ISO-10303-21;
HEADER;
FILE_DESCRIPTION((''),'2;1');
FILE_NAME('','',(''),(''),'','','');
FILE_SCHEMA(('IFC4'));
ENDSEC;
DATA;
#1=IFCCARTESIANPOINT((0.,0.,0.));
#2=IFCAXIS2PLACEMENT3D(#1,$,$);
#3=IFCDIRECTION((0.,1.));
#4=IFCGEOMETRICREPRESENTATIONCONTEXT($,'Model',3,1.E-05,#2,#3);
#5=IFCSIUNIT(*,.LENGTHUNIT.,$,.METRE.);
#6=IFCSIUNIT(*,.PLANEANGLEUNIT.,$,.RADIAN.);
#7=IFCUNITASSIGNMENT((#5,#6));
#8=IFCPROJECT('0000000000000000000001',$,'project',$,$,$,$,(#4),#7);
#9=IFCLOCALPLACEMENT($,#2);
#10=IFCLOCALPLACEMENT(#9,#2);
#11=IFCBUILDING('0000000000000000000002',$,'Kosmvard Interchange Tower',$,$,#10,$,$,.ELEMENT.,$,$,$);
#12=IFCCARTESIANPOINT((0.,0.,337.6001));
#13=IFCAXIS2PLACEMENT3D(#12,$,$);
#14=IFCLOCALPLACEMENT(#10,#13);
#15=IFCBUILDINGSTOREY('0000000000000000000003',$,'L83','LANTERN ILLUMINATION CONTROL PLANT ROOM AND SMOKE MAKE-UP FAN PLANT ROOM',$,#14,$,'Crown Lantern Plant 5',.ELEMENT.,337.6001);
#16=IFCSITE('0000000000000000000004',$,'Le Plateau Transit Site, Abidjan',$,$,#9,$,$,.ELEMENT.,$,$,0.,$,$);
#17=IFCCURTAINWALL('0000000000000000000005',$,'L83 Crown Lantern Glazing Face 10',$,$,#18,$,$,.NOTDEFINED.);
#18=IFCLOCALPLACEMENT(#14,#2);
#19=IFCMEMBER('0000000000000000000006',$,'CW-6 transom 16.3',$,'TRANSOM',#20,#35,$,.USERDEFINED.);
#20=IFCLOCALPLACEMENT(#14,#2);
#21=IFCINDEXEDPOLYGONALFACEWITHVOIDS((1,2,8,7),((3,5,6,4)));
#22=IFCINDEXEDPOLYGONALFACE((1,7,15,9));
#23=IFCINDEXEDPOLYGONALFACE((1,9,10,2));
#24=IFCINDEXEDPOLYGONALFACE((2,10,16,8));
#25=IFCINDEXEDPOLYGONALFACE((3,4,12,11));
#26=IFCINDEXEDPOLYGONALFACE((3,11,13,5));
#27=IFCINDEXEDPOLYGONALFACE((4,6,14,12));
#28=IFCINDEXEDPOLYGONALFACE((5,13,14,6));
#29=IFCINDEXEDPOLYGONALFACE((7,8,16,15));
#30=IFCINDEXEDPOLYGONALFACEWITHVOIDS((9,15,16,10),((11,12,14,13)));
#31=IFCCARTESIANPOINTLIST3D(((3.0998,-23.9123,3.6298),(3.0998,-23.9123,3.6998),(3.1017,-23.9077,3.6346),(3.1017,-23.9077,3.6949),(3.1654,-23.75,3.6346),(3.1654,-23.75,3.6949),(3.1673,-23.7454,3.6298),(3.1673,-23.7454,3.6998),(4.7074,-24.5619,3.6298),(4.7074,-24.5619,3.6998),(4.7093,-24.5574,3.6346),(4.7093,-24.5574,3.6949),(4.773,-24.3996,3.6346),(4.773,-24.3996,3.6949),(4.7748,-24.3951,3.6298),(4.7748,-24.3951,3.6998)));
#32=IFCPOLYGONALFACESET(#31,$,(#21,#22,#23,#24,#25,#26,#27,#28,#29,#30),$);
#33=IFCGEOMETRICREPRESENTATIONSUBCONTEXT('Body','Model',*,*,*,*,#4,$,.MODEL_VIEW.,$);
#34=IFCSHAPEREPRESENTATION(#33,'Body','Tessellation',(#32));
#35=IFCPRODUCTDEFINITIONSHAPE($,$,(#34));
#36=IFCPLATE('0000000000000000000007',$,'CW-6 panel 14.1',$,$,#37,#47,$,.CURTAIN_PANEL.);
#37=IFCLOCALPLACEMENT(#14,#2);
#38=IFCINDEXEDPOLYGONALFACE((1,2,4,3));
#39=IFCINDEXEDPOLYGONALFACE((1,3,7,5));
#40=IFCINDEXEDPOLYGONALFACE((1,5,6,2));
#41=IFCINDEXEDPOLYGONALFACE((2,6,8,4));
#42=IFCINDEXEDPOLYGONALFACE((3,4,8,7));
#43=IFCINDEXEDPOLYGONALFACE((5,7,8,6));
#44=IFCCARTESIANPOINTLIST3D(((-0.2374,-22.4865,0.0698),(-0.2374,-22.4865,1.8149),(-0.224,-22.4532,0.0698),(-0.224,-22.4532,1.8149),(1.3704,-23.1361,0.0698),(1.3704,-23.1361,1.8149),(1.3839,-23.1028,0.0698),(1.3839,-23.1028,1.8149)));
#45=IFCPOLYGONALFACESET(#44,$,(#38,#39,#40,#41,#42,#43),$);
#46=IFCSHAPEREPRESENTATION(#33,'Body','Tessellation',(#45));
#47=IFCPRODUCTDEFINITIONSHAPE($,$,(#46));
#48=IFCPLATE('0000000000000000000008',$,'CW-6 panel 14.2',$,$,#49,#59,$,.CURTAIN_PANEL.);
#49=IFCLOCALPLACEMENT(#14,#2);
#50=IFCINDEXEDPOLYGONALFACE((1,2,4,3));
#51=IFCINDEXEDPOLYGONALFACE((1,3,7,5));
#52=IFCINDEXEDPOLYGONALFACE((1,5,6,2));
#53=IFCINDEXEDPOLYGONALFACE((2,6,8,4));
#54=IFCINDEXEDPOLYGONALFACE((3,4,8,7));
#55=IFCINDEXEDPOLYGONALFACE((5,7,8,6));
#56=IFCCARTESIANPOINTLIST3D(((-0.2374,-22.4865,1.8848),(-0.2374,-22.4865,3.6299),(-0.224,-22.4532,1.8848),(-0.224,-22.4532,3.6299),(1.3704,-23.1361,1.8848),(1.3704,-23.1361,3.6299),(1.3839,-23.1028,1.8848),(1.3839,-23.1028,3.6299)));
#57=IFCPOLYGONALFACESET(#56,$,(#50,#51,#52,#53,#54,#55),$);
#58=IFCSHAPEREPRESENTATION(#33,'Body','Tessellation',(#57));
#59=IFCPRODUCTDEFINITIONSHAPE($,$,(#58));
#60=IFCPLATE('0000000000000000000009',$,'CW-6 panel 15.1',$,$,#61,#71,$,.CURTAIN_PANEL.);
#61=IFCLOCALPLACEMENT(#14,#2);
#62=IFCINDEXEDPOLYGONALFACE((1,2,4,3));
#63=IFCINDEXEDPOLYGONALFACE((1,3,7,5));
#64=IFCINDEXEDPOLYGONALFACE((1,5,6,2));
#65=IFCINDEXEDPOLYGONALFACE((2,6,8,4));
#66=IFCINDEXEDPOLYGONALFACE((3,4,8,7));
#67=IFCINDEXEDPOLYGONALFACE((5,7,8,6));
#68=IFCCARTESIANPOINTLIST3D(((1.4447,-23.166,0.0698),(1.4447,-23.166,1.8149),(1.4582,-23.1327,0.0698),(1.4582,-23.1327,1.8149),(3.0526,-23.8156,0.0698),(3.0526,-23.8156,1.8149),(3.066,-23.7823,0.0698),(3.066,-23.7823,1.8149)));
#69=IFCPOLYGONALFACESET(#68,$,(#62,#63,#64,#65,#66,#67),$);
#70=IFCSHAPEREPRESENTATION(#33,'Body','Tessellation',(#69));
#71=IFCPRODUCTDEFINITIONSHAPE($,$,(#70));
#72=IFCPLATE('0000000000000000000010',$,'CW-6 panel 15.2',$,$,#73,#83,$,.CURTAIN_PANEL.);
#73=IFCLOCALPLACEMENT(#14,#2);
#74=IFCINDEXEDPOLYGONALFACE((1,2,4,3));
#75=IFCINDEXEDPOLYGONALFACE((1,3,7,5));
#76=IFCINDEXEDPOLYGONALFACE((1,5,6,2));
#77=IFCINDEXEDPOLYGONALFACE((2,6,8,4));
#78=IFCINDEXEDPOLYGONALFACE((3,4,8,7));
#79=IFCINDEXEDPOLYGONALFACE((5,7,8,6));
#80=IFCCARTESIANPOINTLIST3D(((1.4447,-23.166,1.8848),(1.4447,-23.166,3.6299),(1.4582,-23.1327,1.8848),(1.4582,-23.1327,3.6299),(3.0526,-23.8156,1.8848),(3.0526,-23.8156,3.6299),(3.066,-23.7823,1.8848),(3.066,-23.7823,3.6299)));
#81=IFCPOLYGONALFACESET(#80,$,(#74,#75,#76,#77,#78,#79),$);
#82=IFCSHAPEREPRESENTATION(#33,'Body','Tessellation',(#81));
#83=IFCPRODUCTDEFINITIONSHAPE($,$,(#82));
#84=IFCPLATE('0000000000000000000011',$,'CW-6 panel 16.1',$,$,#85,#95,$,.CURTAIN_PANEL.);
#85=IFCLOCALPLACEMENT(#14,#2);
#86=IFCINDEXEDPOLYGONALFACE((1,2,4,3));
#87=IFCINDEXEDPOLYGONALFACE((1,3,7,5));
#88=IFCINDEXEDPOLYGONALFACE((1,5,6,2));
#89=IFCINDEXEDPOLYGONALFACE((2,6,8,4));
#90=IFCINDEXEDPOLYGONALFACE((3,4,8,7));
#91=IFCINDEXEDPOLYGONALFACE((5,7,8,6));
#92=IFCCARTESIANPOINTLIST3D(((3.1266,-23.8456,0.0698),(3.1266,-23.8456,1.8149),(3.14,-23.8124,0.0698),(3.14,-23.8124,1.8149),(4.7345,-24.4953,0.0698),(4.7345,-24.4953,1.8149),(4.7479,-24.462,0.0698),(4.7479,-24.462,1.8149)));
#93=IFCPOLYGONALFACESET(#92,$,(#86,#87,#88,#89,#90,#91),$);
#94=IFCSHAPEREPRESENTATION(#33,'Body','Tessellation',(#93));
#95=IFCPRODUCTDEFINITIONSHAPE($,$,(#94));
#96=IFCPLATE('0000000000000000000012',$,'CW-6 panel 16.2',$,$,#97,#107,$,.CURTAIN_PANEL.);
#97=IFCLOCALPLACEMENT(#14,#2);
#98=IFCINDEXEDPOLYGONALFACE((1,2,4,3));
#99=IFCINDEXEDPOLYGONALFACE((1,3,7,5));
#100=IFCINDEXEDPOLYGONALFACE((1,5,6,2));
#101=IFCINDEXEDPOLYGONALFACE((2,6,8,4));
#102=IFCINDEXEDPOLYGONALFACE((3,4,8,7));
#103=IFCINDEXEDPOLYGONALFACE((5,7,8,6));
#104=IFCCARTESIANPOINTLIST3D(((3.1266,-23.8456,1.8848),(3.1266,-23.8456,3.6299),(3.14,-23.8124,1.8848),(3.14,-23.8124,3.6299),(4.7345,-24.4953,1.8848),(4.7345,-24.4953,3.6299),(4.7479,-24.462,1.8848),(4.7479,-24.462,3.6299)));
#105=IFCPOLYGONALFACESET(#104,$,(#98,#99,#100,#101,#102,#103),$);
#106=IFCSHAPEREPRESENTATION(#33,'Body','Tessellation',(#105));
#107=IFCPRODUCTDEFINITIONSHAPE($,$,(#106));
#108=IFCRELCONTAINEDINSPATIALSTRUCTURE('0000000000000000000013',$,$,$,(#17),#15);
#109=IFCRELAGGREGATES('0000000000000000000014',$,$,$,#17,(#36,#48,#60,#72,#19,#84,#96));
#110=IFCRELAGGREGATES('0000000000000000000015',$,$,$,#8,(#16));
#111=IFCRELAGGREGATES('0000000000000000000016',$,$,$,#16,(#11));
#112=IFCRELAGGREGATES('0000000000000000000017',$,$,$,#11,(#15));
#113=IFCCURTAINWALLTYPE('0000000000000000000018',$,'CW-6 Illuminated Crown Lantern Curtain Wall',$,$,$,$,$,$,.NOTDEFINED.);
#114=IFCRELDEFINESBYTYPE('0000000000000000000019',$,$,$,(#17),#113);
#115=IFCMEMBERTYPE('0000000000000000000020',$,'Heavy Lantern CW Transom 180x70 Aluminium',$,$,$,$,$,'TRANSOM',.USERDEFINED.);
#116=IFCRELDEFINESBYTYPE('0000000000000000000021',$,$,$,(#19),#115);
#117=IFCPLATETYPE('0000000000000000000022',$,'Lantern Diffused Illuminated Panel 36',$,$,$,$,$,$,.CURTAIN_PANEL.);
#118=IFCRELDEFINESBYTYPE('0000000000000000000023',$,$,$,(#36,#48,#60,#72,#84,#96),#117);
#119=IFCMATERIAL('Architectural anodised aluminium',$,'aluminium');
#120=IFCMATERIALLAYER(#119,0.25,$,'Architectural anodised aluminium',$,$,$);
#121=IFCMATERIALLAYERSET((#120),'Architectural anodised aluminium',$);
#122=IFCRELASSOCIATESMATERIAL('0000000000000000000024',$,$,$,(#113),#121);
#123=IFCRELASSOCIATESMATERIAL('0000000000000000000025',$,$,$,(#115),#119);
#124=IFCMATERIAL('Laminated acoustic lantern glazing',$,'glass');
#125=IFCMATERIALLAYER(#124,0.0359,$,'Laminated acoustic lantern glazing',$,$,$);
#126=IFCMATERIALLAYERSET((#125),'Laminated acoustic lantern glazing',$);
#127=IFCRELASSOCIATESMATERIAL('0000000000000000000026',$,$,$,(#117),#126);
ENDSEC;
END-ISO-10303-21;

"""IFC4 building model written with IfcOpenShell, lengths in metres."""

from ifc_helpers import new_model, si_unit, direction, frame, origin, origin_2d, place, context, subcontext, project, spatial, rectangle, hollow_rectangle, extrude, source, transform, mapped, material, layer, layer_set, material_profile, profile_set, type_object, element, aggregate, save


model = new_model("IFC4")

# Units and contexts
model_context = context("Model", 3, precision=1e-05, world=origin(), true_north=direction((0.0, 1.0)))
body_context = subcontext(model_context, "Body", "Model", "MODEL_VIEW")
ifc_project = project(units=[si_unit("LENGTHUNIT", "METRE"), si_unit("PLANEANGLEUNIT", "RADIAN")], contexts=[model_context])

# Site, building, storey
site_placement = place(None, origin())
site = spatial("IfcSite", under=ifc_project, at=site_placement, Name="Le Plateau Transit Site, Abidjan", CompositionType="ELEMENT", RefElevation=0.0)
building_placement = place(site_placement, origin())
building = spatial("IfcBuilding", under=site, at=building_placement, Name="Kosmvard Interchange Tower", CompositionType="ELEMENT")
storey_placement = place(building_placement, frame((0.0, 0.0, 337.6001)))
storey = spatial("IfcBuildingStorey", under=building, at=storey_placement, Name="L83", Description="LANTERN ILLUMINATION CONTROL PLANT ROOM AND SMOKE MAKE-UP FAN PLANT ROOM", LongName="Crown Lantern Plant 5", CompositionType="ELEMENT", Elevation=337.6001)

# Curtain wall, member, plates
ifc_material_1 = material(Name="Architectural anodised aluminium", Category="aluminium")
ifc_layer_1 = layer(ifc_material_1, 0.25, Name="Architectural anodised aluminium")
ifc_layer_set_1 = layer_set([ifc_layer_1], Name="Architectural anodised aluminium")
curtain_wall_type = type_object("IfcCurtainWallType", Name="CW-6 Illuminated Crown Lantern Curtain Wall", PredefinedType="NOTDEFINED", material=ifc_layer_set_1)
curtain_wall_placement = place(storey_placement, origin())
curtain_wall = element("IfcCurtainWall", 1, at=curtain_wall_placement, inside=storey, type_object=curtain_wall_type, Name="L83 Crown Lantern Glazing Face 10", PredefinedType="NOTDEFINED")
ifc_material_profile_1 = material_profile(ifc_material_1, hollow_rectangle(XDim=0.1799, YDim=0.0701, WallThickness=0.0049, at=origin_2d()), Name="CWT 180x70x5")
ifc_profile_set_1 = profile_set([ifc_material_profile_1], Name="Architectural anodised aluminium")
member_type_1 = type_object("IfcMemberType", Name="Heavy Lantern CW Transom 180x70 Aluminium", ElementType="TRANSOM", PredefinedType="USERDEFINED", material=ifc_profile_set_1)
shared_shape_1 = source(origin(), body_context, "Body", "SweptSolid", [
    extrude(hollow_rectangle(XDim=0.1799, YDim=0.0701, WallThickness=0.0049, at=origin_2d()), origin(), (0.0, 0.0, 1.0), 1.7339),
])
member_1_placement = place(storey_placement, frame((3.1335, -23.8289, 3.6648), z_axis=(0.92716, -0.374666, 0.0), x_axis=(0.374666, 0.92716, 0.0)))
member_1 = element("IfcMember", 2, at=member_1_placement, type_object=member_type_1, Name="CW-6 transom 16.3", ObjectType="TRANSOM", PredefinedType="USERDEFINED", context=body_context, shape_type="MappedRepresentation", body=[
    mapped(shared_shape_1, transform((0.0, 0.0, 0.0), scale=1.0)),
])
ifc_material_2 = material(Name="Laminated acoustic lantern glazing", Category="glass")
ifc_layer_2 = layer(ifc_material_2, 0.0359, Name="Laminated acoustic lantern glazing")
ifc_layer_set_2 = layer_set([ifc_layer_2], Name="Laminated acoustic lantern glazing")
plate_type = type_object("IfcPlateType", Name="Lantern Diffused Illuminated Panel 36", PredefinedType="CURTAIN_PANEL", material=ifc_layer_set_2)
shared_shape_2 = source(origin(), body_context, "Body", "SweptSolid", [
    extrude(rectangle(XDim=1.7341, YDim=0.0359, at=origin_2d()), origin(), (0.0, 0.0, 1.0), 1.7451),
])
plate_1_placement = place(storey_placement, frame((0.5732, -22.7947, 0.0698), z_axis=(0.0, 0.0, 1.0), x_axis=(0.927184, -0.374607, 0.0)))
plate_1 = element("IfcPlate", 3, at=plate_1_placement, type_object=plate_type, Name="CW-6 panel 14.1", PredefinedType="CURTAIN_PANEL", context=body_context, shape_type="MappedRepresentation", body=[
    mapped(shared_shape_2, transform((0.0, 0.0, 0.0), scale=1.0)),
])
plate_2_placement = place(storey_placement, frame((0.5732, -22.7947, 1.8848), z_axis=(0.0, 0.0, 1.0), x_axis=(0.927184, -0.374607, 0.0)))
plate_2 = element("IfcPlate", 4, at=plate_2_placement, type_object=plate_type, Name="CW-6 panel 14.2", PredefinedType="CURTAIN_PANEL", context=body_context, shape_type="MappedRepresentation", body=[
    mapped(shared_shape_2, transform((0.0, 0.0, 0.0), scale=1.0)),
])
plate_3_placement = place(storey_placement, frame((2.2554, -23.4741, 0.0698), z_axis=(0.0, 0.0, 1.0), x_axis=(0.927184, -0.374607, 0.0)))
plate_3 = element("IfcPlate", 5, at=plate_3_placement, type_object=plate_type, Name="CW-6 panel 15.1", PredefinedType="CURTAIN_PANEL", context=body_context, shape_type="MappedRepresentation", body=[
    mapped(shared_shape_2, transform((0.0, 0.0, 0.0), scale=1.0)),
])
plate_4_placement = place(storey_placement, frame((2.2554, -23.4741, 1.8848), z_axis=(0.0, 0.0, 1.0), x_axis=(0.927184, -0.374607, 0.0)))
plate_4 = element("IfcPlate", 6, at=plate_4_placement, type_object=plate_type, Name="CW-6 panel 15.2", PredefinedType="CURTAIN_PANEL", context=body_context, shape_type="MappedRepresentation", body=[
    mapped(shared_shape_2, transform((0.0, 0.0, 0.0), scale=1.0)),
])
plate_5_placement = place(storey_placement, frame((3.9373, -24.1538, 0.0698), z_axis=(0.0, 0.0, 1.0), x_axis=(0.927184, -0.374607, 0.0)))
plate_5 = element("IfcPlate", 7, at=plate_5_placement, type_object=plate_type, Name="CW-6 panel 16.1", PredefinedType="CURTAIN_PANEL", context=body_context, shape_type="MappedRepresentation", body=[
    mapped(shared_shape_2, transform((0.0, 0.0, 0.0), scale=1.0)),
])
plate_6_placement = place(storey_placement, frame((3.9373, -24.1538, 1.8848), z_axis=(0.0, 0.0, 1.0), x_axis=(0.927184, -0.374607, 0.0)))
plate_6 = element("IfcPlate", 8, at=plate_6_placement, type_object=plate_type, Name="CW-6 panel 16.2", PredefinedType="CURTAIN_PANEL", context=body_context, shape_type="MappedRepresentation", body=[
    mapped(shared_shape_2, transform((0.0, 0.0, 0.0), scale=1.0)),
])
aggregate(curtain_wall, [plate_1, plate_2, plate_3, plate_4, member_1, plate_5, plate_6])

save(model, "model.ifc")
